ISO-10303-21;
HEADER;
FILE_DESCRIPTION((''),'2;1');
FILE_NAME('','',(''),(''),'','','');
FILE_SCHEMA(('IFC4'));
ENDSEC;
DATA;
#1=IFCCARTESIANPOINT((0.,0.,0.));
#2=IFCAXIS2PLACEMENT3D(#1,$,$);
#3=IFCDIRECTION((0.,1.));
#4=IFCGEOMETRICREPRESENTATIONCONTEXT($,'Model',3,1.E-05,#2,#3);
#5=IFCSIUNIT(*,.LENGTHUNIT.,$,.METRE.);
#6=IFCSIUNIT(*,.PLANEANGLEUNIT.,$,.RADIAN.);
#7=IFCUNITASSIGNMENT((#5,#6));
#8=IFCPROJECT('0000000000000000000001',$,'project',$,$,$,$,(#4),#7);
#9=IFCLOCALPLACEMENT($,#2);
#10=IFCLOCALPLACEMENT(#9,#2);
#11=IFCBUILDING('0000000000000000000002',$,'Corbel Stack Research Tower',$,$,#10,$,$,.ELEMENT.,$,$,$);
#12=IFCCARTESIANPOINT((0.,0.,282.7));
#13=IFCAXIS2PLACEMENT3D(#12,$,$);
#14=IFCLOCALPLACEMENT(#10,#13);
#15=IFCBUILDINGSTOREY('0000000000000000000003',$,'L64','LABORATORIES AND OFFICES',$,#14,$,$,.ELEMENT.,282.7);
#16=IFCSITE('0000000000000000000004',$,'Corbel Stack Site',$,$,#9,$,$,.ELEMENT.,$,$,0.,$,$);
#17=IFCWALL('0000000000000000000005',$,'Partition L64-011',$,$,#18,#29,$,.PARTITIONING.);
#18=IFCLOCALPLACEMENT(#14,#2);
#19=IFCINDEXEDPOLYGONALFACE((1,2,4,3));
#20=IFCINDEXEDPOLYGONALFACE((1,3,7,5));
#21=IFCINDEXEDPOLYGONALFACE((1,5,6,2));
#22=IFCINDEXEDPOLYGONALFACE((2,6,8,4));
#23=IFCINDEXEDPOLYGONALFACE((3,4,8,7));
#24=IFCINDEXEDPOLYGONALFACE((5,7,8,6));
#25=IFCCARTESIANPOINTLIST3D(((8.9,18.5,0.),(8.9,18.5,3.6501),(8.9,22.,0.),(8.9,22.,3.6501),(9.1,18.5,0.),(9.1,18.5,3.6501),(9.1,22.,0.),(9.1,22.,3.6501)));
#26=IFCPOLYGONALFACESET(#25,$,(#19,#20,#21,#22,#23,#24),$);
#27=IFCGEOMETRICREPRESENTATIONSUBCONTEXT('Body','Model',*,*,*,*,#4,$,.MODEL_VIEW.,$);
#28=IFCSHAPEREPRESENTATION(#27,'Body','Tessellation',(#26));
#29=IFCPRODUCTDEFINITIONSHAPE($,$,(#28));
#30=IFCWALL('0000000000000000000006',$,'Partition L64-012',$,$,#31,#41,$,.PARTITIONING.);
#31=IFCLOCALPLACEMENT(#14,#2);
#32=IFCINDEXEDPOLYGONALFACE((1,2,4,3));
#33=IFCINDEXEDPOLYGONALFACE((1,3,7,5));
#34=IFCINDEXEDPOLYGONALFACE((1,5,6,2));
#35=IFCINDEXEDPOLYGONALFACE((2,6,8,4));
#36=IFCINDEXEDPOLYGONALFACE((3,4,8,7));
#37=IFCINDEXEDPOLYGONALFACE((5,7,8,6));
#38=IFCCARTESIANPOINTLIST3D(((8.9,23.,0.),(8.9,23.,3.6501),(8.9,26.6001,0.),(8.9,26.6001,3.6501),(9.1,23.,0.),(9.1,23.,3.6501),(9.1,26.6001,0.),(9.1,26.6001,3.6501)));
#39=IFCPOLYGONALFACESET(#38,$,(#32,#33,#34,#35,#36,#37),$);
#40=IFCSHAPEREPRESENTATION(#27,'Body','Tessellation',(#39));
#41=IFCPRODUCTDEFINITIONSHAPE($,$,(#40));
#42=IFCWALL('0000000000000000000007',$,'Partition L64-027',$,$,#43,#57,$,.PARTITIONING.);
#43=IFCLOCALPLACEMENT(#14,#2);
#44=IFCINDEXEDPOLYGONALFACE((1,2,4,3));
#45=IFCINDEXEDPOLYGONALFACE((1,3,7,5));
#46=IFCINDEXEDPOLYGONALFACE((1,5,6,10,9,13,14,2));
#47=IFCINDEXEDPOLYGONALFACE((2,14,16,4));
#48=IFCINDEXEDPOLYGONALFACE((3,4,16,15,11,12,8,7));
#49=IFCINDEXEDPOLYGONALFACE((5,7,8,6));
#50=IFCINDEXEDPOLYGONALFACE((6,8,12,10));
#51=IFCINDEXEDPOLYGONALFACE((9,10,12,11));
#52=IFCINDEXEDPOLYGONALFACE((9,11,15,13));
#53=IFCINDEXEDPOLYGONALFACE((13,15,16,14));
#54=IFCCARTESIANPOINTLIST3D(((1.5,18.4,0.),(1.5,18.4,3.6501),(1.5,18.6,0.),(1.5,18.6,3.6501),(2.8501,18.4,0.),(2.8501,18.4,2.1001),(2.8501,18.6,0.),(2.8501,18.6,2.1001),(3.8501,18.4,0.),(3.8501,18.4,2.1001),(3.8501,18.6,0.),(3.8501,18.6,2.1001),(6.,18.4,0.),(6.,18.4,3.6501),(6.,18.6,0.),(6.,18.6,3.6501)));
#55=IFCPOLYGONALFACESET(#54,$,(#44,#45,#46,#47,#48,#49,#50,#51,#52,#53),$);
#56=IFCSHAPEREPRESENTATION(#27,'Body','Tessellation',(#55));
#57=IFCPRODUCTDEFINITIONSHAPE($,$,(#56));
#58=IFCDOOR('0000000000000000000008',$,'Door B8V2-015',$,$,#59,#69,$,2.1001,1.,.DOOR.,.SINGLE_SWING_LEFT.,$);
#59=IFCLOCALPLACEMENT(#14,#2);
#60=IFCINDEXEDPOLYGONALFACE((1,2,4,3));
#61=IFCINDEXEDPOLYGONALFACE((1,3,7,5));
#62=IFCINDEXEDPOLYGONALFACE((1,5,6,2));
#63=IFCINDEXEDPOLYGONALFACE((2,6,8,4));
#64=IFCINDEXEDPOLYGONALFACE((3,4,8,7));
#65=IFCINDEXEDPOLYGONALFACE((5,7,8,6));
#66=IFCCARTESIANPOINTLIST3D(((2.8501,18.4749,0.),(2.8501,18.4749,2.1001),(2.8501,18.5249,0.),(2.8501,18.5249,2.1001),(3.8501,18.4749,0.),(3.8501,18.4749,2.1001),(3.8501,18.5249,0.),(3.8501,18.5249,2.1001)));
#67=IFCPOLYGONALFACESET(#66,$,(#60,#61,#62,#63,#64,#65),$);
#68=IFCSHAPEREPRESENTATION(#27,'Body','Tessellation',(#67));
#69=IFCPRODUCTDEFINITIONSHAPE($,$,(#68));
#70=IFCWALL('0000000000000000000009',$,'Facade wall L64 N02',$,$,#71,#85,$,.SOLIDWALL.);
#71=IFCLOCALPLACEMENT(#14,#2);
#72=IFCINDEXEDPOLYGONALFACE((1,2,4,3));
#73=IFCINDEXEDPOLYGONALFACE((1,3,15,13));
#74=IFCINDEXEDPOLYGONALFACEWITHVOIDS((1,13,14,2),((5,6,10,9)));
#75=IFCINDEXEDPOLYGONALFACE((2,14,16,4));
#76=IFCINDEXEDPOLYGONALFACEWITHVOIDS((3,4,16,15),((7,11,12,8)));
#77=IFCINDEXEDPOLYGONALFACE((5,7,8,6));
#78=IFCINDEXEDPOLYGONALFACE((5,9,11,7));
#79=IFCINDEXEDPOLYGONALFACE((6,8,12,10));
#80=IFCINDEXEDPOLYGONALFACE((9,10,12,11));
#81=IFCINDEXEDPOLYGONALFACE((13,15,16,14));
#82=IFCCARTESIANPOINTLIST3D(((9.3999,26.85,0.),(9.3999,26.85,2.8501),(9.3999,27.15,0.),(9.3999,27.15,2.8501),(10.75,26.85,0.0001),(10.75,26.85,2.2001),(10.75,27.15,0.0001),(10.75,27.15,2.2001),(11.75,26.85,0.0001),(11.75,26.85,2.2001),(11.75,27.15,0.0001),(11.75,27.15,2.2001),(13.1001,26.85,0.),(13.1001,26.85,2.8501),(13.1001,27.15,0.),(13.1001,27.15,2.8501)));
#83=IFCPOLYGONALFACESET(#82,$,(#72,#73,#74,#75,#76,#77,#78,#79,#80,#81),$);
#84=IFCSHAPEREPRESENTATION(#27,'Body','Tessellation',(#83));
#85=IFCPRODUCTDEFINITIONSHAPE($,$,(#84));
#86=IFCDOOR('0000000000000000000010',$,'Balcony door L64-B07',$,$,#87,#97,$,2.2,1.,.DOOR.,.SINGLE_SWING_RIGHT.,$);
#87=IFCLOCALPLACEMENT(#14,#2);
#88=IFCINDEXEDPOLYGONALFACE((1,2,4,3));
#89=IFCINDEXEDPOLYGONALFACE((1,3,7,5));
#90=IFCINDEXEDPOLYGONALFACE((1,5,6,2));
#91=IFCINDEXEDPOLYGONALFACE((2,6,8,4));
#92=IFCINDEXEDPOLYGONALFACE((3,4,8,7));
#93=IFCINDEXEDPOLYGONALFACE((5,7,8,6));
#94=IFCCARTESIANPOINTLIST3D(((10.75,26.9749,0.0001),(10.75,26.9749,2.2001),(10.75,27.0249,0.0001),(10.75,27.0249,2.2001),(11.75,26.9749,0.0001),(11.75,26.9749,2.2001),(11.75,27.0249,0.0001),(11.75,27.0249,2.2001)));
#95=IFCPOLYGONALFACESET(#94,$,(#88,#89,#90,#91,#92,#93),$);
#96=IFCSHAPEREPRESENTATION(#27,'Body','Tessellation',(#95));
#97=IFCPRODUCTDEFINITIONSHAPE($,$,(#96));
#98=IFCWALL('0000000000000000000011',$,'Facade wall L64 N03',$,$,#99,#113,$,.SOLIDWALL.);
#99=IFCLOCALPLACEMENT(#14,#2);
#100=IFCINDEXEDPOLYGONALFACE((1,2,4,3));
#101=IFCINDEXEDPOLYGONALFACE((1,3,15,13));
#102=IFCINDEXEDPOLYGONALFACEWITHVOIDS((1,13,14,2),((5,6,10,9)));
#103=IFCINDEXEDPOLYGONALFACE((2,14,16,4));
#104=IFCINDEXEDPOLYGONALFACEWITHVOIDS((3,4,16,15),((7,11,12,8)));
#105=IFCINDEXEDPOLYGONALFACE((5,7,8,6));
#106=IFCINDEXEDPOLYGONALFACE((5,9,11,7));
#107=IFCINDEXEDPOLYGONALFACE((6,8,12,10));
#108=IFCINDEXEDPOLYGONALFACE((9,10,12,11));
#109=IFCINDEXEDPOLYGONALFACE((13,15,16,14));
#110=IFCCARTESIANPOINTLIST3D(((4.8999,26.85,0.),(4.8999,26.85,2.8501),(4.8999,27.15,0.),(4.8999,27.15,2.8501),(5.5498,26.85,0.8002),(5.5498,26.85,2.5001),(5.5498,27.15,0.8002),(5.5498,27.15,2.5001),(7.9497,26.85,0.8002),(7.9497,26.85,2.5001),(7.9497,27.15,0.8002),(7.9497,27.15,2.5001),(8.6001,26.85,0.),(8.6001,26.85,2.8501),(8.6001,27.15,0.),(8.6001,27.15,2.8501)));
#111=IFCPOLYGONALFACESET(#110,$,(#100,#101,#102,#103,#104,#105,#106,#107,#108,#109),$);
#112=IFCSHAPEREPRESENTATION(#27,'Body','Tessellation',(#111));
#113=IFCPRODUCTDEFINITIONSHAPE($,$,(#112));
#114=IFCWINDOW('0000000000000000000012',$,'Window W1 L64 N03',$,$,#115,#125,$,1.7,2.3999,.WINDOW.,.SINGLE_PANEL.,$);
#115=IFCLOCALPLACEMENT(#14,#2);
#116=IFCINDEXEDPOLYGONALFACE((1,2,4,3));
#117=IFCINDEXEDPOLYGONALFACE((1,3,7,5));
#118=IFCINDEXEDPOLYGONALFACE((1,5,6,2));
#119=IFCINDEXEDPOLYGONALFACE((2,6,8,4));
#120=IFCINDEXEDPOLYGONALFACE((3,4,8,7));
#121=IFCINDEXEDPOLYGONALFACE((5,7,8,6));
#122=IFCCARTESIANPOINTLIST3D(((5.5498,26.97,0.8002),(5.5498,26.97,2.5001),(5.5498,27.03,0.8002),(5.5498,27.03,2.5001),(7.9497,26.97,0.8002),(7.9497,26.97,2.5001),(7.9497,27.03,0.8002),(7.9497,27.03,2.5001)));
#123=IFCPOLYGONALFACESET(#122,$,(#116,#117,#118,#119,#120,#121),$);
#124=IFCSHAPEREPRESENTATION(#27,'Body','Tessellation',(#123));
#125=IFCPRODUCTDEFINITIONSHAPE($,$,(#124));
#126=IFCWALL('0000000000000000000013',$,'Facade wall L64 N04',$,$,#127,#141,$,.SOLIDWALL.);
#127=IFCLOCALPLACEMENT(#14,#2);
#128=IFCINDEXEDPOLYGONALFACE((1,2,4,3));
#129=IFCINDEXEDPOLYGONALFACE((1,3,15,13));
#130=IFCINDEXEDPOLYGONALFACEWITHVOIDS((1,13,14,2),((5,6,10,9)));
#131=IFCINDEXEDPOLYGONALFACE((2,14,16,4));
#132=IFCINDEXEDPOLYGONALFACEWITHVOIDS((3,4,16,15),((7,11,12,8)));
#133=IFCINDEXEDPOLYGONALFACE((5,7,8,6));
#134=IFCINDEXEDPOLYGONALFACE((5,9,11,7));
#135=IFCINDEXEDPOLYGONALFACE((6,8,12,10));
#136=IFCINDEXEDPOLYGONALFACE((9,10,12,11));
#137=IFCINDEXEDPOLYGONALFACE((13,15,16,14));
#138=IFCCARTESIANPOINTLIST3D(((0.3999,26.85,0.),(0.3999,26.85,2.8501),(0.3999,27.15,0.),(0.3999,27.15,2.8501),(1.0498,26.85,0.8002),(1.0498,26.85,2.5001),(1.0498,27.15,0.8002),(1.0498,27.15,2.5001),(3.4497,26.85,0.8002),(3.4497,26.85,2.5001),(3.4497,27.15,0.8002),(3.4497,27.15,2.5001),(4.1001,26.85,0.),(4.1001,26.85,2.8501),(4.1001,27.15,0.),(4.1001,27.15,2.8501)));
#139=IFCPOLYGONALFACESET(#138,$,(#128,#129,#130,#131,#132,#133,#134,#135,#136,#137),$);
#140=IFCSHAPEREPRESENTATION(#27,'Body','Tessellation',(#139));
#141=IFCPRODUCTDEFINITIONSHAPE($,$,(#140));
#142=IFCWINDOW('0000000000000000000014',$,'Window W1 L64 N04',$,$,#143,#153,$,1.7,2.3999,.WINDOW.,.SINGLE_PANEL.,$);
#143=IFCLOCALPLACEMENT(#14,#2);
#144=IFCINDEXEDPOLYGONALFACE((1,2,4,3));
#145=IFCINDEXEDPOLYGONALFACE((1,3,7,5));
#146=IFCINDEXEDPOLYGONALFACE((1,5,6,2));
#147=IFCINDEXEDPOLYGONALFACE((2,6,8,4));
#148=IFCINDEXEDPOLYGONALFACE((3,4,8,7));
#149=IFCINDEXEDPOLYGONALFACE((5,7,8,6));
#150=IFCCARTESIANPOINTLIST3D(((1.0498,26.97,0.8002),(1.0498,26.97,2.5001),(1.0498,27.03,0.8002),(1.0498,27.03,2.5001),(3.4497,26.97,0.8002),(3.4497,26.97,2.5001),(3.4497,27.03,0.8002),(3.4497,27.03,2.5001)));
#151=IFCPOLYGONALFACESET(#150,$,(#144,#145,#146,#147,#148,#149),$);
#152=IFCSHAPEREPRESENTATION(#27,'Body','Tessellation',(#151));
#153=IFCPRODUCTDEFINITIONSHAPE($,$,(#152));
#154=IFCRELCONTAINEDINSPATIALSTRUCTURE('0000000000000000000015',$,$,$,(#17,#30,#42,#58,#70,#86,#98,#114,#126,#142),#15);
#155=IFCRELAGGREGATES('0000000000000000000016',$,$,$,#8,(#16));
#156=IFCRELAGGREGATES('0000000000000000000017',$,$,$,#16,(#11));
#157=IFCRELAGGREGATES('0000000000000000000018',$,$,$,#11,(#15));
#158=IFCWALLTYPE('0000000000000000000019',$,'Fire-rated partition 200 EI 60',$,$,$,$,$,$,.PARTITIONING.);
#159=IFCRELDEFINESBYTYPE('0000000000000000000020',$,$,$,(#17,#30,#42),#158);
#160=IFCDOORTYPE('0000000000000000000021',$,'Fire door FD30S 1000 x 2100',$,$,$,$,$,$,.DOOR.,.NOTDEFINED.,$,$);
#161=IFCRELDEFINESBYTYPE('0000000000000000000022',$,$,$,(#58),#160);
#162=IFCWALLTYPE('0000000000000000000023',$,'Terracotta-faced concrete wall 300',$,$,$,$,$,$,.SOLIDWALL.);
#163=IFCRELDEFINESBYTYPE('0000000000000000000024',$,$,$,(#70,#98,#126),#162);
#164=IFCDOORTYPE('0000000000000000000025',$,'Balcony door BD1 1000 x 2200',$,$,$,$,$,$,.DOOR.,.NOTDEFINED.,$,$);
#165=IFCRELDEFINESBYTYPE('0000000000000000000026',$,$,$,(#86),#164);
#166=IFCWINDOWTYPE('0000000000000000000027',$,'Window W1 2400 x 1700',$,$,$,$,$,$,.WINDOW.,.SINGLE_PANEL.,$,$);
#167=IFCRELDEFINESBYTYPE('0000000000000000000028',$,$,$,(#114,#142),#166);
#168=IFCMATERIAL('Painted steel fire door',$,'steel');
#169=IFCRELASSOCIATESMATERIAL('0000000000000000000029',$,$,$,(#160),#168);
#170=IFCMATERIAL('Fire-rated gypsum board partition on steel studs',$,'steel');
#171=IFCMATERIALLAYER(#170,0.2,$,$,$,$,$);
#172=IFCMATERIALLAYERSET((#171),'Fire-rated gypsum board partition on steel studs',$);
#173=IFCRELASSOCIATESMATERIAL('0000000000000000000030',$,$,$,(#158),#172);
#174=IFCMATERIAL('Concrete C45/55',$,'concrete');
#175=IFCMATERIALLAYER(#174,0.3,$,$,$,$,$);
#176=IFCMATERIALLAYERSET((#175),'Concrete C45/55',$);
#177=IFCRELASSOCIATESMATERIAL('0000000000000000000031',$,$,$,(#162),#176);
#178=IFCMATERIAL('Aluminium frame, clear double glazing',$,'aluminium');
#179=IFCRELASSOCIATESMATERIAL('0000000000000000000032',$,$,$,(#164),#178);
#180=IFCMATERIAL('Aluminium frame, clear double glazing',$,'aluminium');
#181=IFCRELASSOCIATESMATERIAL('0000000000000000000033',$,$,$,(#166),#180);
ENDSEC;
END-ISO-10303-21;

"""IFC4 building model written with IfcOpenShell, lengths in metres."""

from ifc_helpers import new_model, si_unit, direction, frame, frame_2d, origin, place, context, subcontext, project, spatial, rectangle, extrude, material, layer, layer_set, type_object, element, fill, save


model = new_model("IFC4")

# Units and contexts
model_context = context("Model", 3, precision=1e-05, world=origin(), true_north=direction((0.0, 1.0)))
body_context = subcontext(model_context, "Body", "Model", "MODEL_VIEW")
ifc_project = project(units=[si_unit("LENGTHUNIT", "METRE"), si_unit("PLANEANGLEUNIT", "RADIAN")], contexts=[model_context])

# Site, building, storey
site_placement = place(None, origin())
site = spatial("IfcSite", under=ifc_project, at=site_placement, Name="Corbel Stack Site", CompositionType="ELEMENT", RefElevation=0.0)
building_placement = place(site_placement, origin())
building = spatial("IfcBuilding", under=site, at=building_placement, Name="Corbel Stack Research Tower", CompositionType="ELEMENT")
storey_placement = place(building_placement, frame((0.0, 0.0, 282.7)))
storey = spatial("IfcBuildingStorey", under=building, at=storey_placement, Name="L64", Description="LABORATORIES AND OFFICES", CompositionType="ELEMENT", Elevation=282.7)

# Shared definitions
ifc_material_1 = material(Name="Painted steel fire door", Category="steel")
door_type_1 = type_object("IfcDoorType", Name="Fire door FD30S 1000 x 2100", OperationType="NOTDEFINED", PredefinedType="DOOR", material=ifc_material_1)
ifc_material_2 = material(Name="Fire-rated gypsum board partition on steel studs", Category="steel")
ifc_layer_1 = layer(ifc_material_2, 0.2)
ifc_layer_set_1 = layer_set([ifc_layer_1], Name="Fire-rated gypsum board partition on steel studs")
wall_type_1 = type_object("IfcWallType", Name="Fire-rated partition 200 EI 60", PredefinedType="PARTITIONING", material=ifc_layer_set_1)

# Walls
wall_1_placement = place(storey_placement, frame((9.0, 18.5, 0.0), z_axis=(0.0, 0.0, 1.0), x_axis=(0.0, 1.0, 0.0)))
element("IfcWall", 1, at=wall_1_placement, inside=storey, type_object=wall_type_1, Name="Partition L64-011", PredefinedType="PARTITIONING", context=body_context, shape_type="SweptSolid", body=[
    extrude(rectangle(XDim=3.5, YDim=0.2, at=frame_2d((1.75, 0.0))), origin(), (0.0, 0.0, 1.0), 3.6501),
])
wall_2_placement = place(storey_placement, frame((9.0, 23.0, 0.0), z_axis=(0.0, 0.0, 1.0), x_axis=(0.0, 1.0, 0.0)))
element("IfcWall", 2, at=wall_2_placement, inside=storey, type_object=wall_type_1, Name="Partition L64-012", PredefinedType="PARTITIONING", context=body_context, shape_type="SweptSolid", body=[
    extrude(rectangle(XDim=3.6001, YDim=0.2, at=frame_2d((1.8, 0.0))), origin(), (0.0, 0.0, 1.0), 3.6501),
])

# Walls, openings, doors
wall_3_placement = place(storey_placement, frame((1.5, 18.5, 0.0), z_axis=(0.0, 0.0, 1.0), x_axis=(1.0, 0.0, 0.0)))
wall_3 = element("IfcWall", 3, at=wall_3_placement, inside=storey, type_object=wall_type_1, Name="Partition L64-027", PredefinedType="PARTITIONING", context=body_context, shape_type="SweptSolid", body=[
    extrude(rectangle(XDim=4.5, YDim=0.2, at=frame_2d((2.25, 0.0))), origin(), (0.0, 0.0, 1.0), 3.6501),
])
opening_1_placement = place(wall_3_placement, frame((1.3501, 0.0, 0.0)))
opening_1 = element("IfcOpeningElement", 4, at=opening_1_placement, cuts=wall_3, PredefinedType="OPENING", context=body_context, shape_type="SweptSolid", body=[
    extrude(rectangle(XDim=1.0, YDim=2.1001, at=frame_2d((0.5, 1.05))), frame((0.0, 0.1099, 0.0), z_axis=(0.0, -1.0, 0.0), x_axis=(1.0, 0.0, 0.0)), (0.0, 0.0, 1.0), 0.22),
])
door_1_placement = place(opening_1_placement, origin())
door_1 = element("IfcDoor", 5, at=door_1_placement, inside=storey, type_object=door_type_1, Name="Door B8V2-015", OperationType="SINGLE_SWING_LEFT", OverallHeight=2.1001, OverallWidth=1.0, PredefinedType="DOOR", context=body_context, shape_type="SweptSolid", body=[
    extrude(rectangle(XDim=1.0, YDim=2.1001, at=frame_2d((0.5, 1.05))), frame((0.0, 0.0249, 0.0), z_axis=(0.0, -1.0, 0.0), x_axis=(1.0, 0.0, 0.0)), (0.0, 0.0, 1.0), 0.05),
])
fill(opening_1, door_1)
ifc_material_3 = material(Name="Concrete C45/55", Category="concrete")
ifc_layer_2 = layer(ifc_material_3, 0.3)
ifc_layer_set_2 = layer_set([ifc_layer_2], Name="Concrete C45/55")
wall_type_2 = type_object("IfcWallType", Name="Terracotta-faced concrete wall 300", PredefinedType="SOLIDWALL", material=ifc_layer_set_2)
wall_4_placement = place(storey_placement, frame((9.3999, 27.0, 0.0), z_axis=(0.0, 0.0, 1.0), x_axis=(1.0, 0.0, 0.0)))
wall_4 = element("IfcWall", 6, at=wall_4_placement, inside=storey, type_object=wall_type_2, Name="Facade wall L64 N02", PredefinedType="SOLIDWALL", context=body_context, shape_type="SweptSolid", body=[
    extrude(rectangle(XDim=3.7002, YDim=0.3, at=frame_2d((1.8501, 0.0))), origin(), (0.0, 0.0, 1.0), 2.8501),
])
opening_2_placement = place(wall_4_placement, frame((1.3501, 0.0, 0.0)))
opening_2 = element("IfcOpeningElement", 7, at=opening_2_placement, cuts=wall_4, PredefinedType="OPENING", context=body_context, shape_type="SweptSolid", body=[
    extrude(rectangle(XDim=1.0, YDim=2.2, at=frame_2d((0.5, 1.1001))), frame((0.0, 0.1599, 0.0), z_axis=(0.0, -1.0, 0.0), x_axis=(1.0, 0.0, 0.0)), (0.0, 0.0, 1.0), 0.3201),
])
ifc_material_4 = material(Name="Aluminium frame, clear double glazing", Category="aluminium")
door_type_2 = type_object("IfcDoorType", Name="Balcony door BD1 1000 x 2200", OperationType="NOTDEFINED", PredefinedType="DOOR", material=ifc_material_4)
door_2_placement = place(opening_2_placement, origin())
door_2 = element("IfcDoor", 8, at=door_2_placement, inside=storey, type_object=door_type_2, Name="Balcony door L64-B07", OperationType="SINGLE_SWING_RIGHT", OverallHeight=2.2, OverallWidth=1.0, PredefinedType="DOOR", context=body_context, shape_type="SweptSolid", body=[
    extrude(rectangle(XDim=1.0, YDim=2.2, at=frame_2d((0.5, 1.1001))), frame((0.0, 0.0249, 0.0), z_axis=(0.0, -1.0, 0.0), x_axis=(1.0, 0.0, 0.0)), (0.0, 0.0, 1.0), 0.05),
])
fill(opening_2, door_2)

# Walls, openings, windows
wall_5_placement = place(storey_placement, frame((4.8999, 27.0, 0.0), z_axis=(0.0, 0.0, 1.0), x_axis=(1.0, 0.0, 0.0)))
wall_5 = element("IfcWall", 9, at=wall_5_placement, inside=storey, type_object=wall_type_2, Name="Facade wall L64 N03", PredefinedType="SOLIDWALL", context=body_context, shape_type="SweptSolid", body=[
    extrude(rectangle(XDim=3.7002, YDim=0.3, at=frame_2d((1.8501, 0.0))), origin(), (0.0, 0.0, 1.0), 2.8501),
])
opening_3_placement = place(wall_5_placement, frame((0.6499, 0.0, 0.8)))
opening_3 = element("IfcOpeningElement", 10, at=opening_3_placement, cuts=wall_5, PredefinedType="OPENING", context=body_context, shape_type="SweptSolid", body=[
    extrude(rectangle(XDim=2.3999, YDim=1.7, at=frame_2d((1.2, 0.8501))), frame((0.0, 0.1599, 0.0), z_axis=(0.0, -1.0, 0.0), x_axis=(1.0, 0.0, 0.0)), (0.0, 0.0, 1.0), 0.3201),
])
ifc_material_5 = material(Name="Aluminium frame, clear double glazing", Category="aluminium")
window_type = type_object("IfcWindowType", Name="Window W1 2400 x 1700", PartitioningType="SINGLE_PANEL", PredefinedType="WINDOW", material=ifc_material_5)
window_1_placement = place(opening_3_placement, origin())
window_1 = element("IfcWindow", 11, at=window_1_placement, inside=storey, type_object=window_type, Name="Window W1 L64 N03", OverallHeight=1.7, OverallWidth=2.3999, PartitioningType="SINGLE_PANEL", PredefinedType="WINDOW", context=body_context, shape_type="SweptSolid", body=[
    extrude(rectangle(XDim=2.3999, YDim=1.7, at=frame_2d((1.2, 0.8501))), frame((0.0, 0.03, 0.0), z_axis=(0.0, -1.0, 0.0), x_axis=(1.0, 0.0, 0.0)), (0.0, 0.0, 1.0), 0.0601),
])
fill(opening_3, window_1)
wall_6_placement = place(storey_placement, frame((0.3999, 27.0, 0.0), z_axis=(0.0, 0.0, 1.0), x_axis=(1.0, 0.0, 0.0)))
wall_6 = element("IfcWall", 12, at=wall_6_placement, inside=storey, type_object=wall_type_2, Name="Facade wall L64 N04", PredefinedType="SOLIDWALL", context=body_context, shape_type="SweptSolid", body=[
    extrude(rectangle(XDim=3.7002, YDim=0.3, at=frame_2d((1.8501, 0.0))), origin(), (0.0, 0.0, 1.0), 2.8501),
])
opening_4_placement = place(wall_6_placement, frame((0.6499, 0.0, 0.8)))
opening_4 = element("IfcOpeningElement", 13, at=opening_4_placement, cuts=wall_6, PredefinedType="OPENING", context=body_context, shape_type="SweptSolid", body=[
    extrude(rectangle(XDim=2.3999, YDim=1.7, at=frame_2d((1.2, 0.8501))), frame((0.0, 0.1599, 0.0), z_axis=(0.0, -1.0, 0.0), x_axis=(1.0, 0.0, 0.0)), (0.0, 0.0, 1.0), 0.3201),
])
window_2_placement = place(opening_4_placement, origin())
window_2 = element("IfcWindow", 14, at=window_2_placement, inside=storey, type_object=window_type, Name="Window W1 L64 N04", OverallHeight=1.7, OverallWidth=2.3999, PartitioningType="SINGLE_PANEL", PredefinedType="WINDOW", context=body_context, shape_type="SweptSolid", body=[
    extrude(rectangle(XDim=2.3999, YDim=1.7, at=frame_2d((1.2, 0.8501))), frame((0.0, 0.03, 0.0), z_axis=(0.0, -1.0, 0.0), x_axis=(1.0, 0.0, 0.0)), (0.0, 0.0, 1.0), 0.0601),
])
fill(opening_4, window_2)

save(model, "model.ifc")
